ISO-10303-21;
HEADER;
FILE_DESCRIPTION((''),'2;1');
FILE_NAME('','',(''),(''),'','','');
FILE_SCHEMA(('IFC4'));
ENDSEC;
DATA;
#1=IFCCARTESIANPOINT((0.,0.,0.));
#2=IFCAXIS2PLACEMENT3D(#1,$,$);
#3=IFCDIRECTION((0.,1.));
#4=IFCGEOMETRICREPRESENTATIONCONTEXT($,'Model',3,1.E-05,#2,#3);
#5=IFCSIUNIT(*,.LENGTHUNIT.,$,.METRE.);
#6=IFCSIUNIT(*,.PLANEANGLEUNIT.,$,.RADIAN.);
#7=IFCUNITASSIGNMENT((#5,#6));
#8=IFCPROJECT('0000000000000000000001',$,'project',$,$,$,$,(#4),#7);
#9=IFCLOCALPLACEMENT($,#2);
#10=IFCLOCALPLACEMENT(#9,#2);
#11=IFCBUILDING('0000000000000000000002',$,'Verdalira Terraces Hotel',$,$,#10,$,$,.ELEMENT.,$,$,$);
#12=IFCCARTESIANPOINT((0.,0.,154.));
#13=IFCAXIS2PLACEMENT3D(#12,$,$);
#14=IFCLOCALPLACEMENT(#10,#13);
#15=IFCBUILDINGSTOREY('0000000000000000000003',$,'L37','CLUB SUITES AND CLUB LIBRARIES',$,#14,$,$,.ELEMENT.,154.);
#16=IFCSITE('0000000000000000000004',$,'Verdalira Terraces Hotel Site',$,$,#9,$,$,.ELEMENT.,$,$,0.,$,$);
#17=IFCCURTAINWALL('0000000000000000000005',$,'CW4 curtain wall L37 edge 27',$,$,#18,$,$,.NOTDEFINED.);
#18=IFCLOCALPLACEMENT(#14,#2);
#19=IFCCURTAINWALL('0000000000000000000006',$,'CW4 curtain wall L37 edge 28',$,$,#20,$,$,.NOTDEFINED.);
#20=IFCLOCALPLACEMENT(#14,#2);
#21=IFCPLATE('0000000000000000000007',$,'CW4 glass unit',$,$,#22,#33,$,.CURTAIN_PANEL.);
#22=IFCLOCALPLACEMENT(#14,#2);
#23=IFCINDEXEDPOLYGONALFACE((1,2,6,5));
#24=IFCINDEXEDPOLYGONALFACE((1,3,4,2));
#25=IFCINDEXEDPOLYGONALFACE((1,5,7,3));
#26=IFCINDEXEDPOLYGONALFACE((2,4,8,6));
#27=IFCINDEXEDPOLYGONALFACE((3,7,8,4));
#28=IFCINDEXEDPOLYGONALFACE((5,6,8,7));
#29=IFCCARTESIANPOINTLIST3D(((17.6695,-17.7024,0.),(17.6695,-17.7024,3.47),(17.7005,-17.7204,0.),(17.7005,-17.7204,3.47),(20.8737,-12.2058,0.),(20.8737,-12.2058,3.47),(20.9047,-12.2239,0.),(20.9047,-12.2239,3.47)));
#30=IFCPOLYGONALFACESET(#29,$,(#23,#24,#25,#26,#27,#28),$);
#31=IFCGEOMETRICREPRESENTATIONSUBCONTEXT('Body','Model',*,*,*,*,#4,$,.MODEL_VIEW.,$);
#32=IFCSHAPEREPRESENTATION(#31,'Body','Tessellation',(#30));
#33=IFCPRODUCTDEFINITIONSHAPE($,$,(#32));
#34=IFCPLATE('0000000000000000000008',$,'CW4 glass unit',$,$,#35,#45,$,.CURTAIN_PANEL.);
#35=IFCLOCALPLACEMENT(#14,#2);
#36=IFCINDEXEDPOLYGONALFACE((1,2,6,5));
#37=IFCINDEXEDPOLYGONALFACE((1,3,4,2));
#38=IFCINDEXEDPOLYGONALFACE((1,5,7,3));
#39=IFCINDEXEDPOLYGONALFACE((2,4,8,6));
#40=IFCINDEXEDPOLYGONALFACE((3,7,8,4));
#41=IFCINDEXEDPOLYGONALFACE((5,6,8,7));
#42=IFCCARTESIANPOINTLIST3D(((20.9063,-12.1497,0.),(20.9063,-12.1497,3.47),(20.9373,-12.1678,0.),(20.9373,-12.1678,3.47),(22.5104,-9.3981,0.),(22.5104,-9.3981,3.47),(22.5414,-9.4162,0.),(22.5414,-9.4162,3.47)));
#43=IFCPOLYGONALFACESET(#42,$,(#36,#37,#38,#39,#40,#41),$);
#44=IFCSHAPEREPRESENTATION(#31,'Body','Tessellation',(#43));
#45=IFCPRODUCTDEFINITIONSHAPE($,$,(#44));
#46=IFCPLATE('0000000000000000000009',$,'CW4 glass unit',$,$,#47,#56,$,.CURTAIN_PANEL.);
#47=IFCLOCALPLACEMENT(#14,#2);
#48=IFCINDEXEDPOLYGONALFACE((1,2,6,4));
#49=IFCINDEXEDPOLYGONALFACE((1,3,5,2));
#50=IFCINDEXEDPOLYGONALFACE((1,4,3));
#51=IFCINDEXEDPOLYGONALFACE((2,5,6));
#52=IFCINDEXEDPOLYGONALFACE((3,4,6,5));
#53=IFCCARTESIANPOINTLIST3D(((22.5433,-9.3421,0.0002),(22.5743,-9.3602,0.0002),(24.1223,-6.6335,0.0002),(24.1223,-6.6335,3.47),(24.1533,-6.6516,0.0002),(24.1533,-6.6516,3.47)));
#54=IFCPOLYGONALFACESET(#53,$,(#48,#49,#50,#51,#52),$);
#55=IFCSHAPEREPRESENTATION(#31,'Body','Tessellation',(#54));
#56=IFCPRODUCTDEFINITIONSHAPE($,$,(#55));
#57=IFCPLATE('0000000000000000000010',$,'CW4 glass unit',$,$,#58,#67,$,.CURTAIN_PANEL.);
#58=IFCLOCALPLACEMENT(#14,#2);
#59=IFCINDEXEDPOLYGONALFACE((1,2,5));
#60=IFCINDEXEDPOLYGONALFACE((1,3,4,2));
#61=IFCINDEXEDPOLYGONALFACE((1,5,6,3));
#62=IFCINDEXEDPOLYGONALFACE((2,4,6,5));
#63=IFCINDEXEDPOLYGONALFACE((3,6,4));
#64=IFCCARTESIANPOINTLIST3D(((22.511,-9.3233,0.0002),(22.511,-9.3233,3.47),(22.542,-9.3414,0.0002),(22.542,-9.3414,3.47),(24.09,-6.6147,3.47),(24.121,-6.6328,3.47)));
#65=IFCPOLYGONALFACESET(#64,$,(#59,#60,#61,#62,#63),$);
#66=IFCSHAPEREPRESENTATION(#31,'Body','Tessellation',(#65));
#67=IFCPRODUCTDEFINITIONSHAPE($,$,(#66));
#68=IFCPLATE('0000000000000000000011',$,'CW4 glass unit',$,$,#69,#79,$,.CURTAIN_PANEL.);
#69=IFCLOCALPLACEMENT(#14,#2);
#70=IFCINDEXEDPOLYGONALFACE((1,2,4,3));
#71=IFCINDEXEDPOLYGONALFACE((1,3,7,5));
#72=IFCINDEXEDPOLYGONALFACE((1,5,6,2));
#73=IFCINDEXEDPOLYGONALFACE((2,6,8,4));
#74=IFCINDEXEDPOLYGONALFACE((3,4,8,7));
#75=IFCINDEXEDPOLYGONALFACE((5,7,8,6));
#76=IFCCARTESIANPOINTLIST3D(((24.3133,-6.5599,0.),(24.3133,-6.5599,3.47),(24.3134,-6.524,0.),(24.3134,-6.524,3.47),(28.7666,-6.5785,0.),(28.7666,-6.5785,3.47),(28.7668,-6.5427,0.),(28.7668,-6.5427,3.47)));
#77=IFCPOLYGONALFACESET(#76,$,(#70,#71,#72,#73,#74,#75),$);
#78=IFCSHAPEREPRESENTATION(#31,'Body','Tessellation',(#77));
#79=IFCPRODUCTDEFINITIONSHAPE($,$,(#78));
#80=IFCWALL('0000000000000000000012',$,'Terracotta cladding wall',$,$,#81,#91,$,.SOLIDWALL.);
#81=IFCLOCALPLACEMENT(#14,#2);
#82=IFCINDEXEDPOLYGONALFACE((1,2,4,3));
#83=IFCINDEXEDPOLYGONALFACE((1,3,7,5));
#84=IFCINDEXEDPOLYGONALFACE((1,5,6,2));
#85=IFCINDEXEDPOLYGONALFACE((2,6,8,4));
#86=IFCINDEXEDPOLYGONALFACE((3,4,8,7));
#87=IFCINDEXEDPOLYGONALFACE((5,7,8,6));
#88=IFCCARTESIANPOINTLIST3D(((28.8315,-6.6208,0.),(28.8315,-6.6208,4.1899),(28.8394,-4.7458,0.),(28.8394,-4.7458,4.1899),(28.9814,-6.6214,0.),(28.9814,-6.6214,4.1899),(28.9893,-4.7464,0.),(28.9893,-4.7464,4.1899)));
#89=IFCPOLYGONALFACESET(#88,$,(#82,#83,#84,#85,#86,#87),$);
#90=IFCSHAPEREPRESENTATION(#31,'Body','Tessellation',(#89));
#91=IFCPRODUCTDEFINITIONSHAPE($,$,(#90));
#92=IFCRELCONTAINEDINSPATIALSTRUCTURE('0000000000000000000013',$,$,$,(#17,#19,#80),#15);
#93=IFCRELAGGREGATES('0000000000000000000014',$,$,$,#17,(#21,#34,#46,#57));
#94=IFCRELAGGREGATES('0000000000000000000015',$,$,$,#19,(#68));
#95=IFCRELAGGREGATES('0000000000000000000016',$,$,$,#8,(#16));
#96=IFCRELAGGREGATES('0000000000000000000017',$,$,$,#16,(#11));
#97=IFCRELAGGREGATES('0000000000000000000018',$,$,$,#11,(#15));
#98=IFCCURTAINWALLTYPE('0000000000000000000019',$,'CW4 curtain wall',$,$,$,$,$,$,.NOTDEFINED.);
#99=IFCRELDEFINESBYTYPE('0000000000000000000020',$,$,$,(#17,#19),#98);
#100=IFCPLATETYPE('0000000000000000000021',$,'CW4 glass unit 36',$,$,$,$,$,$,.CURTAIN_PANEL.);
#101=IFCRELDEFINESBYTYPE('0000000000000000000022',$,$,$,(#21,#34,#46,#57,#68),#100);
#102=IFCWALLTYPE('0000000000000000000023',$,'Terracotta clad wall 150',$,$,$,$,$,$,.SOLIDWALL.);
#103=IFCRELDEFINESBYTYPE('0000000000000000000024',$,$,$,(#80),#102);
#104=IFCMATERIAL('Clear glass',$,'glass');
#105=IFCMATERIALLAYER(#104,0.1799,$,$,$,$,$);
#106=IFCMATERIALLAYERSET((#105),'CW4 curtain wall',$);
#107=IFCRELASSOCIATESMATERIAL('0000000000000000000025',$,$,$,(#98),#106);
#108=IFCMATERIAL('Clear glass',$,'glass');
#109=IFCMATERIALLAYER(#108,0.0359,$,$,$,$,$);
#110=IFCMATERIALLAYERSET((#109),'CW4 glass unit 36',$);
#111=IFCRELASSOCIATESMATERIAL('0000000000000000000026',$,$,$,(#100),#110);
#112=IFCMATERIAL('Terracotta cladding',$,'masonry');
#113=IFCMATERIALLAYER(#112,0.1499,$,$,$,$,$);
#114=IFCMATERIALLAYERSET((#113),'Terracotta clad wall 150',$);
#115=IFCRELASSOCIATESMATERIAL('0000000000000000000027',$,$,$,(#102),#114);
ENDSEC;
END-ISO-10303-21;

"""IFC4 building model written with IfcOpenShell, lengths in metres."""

from ifc_helpers import new_model, si_unit, direction, frame, frame_2d, origin, origin_2d, place, context, subcontext, project, spatial, polyline, rectangle, outline, extrude, material, layer, layer_set, type_object, element, aggregate, save


model = new_model("IFC4")

# Units and contexts
model_context = context("Model", 3, precision=1e-05, world=origin(), true_north=direction((0.0, 1.0)))
body_context = subcontext(model_context, "Body", "Model", "MODEL_VIEW")
ifc_project = project(units=[si_unit("LENGTHUNIT", "METRE"), si_unit("PLANEANGLEUNIT", "RADIAN")], contexts=[model_context])

# Site, building, storey
site_placement = place(None, origin())
site = spatial("IfcSite", under=ifc_project, at=site_placement, Name="Verdalira Terraces Hotel Site", CompositionType="ELEMENT", RefElevation=0.0)
building_placement = place(site_placement, origin())
building = spatial("IfcBuilding", under=site, at=building_placement, Name="Verdalira Terraces Hotel", CompositionType="ELEMENT")
storey_placement = place(building_placement, frame((0.0, 0.0, 154.0)))
storey = spatial("IfcBuildingStorey", under=building, at=storey_placement, Name="L37", Description="CLUB SUITES AND CLUB LIBRARIES", CompositionType="ELEMENT", Elevation=154.0)

# Shared definitions
ifc_material_1 = material(Name="Clear glass", Category="glass")
ifc_layer_1 = layer(ifc_material_1, 0.1799)
ifc_layer_set_1 = layer_set([ifc_layer_1], Name="CW4 curtain wall")
curtain_wall_type = type_object("IfcCurtainWallType", Name="CW4 curtain wall", PredefinedType="NOTDEFINED", material=ifc_layer_set_1)

# Curtain walls
curtain_wall_1_placement = place(storey_placement, origin())
curtain_wall_1 = element("IfcCurtainWall", 1, at=curtain_wall_1_placement, inside=storey, type_object=curtain_wall_type, Name="CW4 curtain wall L37 edge 27", PredefinedType="NOTDEFINED")
curtain_wall_2_placement = place(storey_placement, origin())
curtain_wall_2 = element("IfcCurtainWall", 2, at=curtain_wall_2_placement, inside=storey, type_object=curtain_wall_type, Name="CW4 curtain wall L37 edge 28", PredefinedType="NOTDEFINED")

# Plates
ifc_material_2 = material(Name="Clear glass", Category="glass")
ifc_layer_2 = layer(ifc_material_2, 0.0359)
ifc_layer_set_2 = layer_set([ifc_layer_2], Name="CW4 glass unit 36")
plate_type = type_object("IfcPlateType", Name="CW4 glass unit 36", PredefinedType="CURTAIN_PANEL", material=ifc_layer_set_2)
plate_1_placement = place(storey_placement, frame((19.2871, -14.9631, 0.0), z_axis=(0.0, 0.0, 1.0), x_axis=(0.503623, 0.863923, 0.0)))
plate_1 = element("IfcPlate", 3, at=plate_1_placement, type_object=plate_type, Name="CW4 glass unit", PredefinedType="CURTAIN_PANEL", context=body_context, shape_type="SweptSolid", body=[
    extrude(rectangle(XDim=6.3623, YDim=0.0359, at=origin_2d()), origin(), (0.0, 0.0, 1.0), 3.47),
])
plate_2_placement = place(storey_placement, frame((21.7239, -10.783, 0.0), z_axis=(0.0, 0.0, 1.0), x_axis=(0.503623, 0.863923, 0.0)))
plate_2 = element("IfcPlate", 4, at=plate_2_placement, type_object=plate_type, Name="CW4 glass unit", PredefinedType="CURTAIN_PANEL", context=body_context, shape_type="SweptSolid", body=[
    extrude(rectangle(XDim=3.1851, YDim=0.0359, at=origin_2d()), origin(), (0.0, 0.0, 1.0), 3.47),
])
plate_3_placement = place(storey_placement, frame((23.3328, -7.9878, 1.7351), z_axis=(0.863923, -0.503623, 0.0), x_axis=(0.503623, 0.863923, 0.0)))
plate_3 = element("IfcPlate", 5, at=plate_3_placement, type_object=plate_type, Name="CW4 glass unit", PredefinedType="CURTAIN_PANEL", context=body_context, shape_type="SweptSolid", body=[
    extrude(outline(polyline([(-1.5676, -1.7349), (1.5676, -1.7349), (1.5676, 1.7349), (-1.5676, -1.7349)])), origin(), (0.0, 0.0, 1.0), 0.0359),
])
plate_4_placement = place(storey_placement, frame((23.3005, -7.969, 1.7351), z_axis=(0.863923, -0.503623, 0.0), x_axis=(0.503623, 0.863923, 0.0)))
plate_4 = element("IfcPlate", 6, at=plate_4_placement, type_object=plate_type, Name="CW4 glass unit", PredefinedType="CURTAIN_PANEL", context=body_context, shape_type="SweptSolid", body=[
    extrude(outline(polyline([(-1.5676, -1.7349), (1.5676, 1.7349), (-1.5676, 1.7349), (-1.5676, -1.7349)])), origin(), (0.0, 0.0, 1.0), 0.0359),
])
aggregate(curtain_wall_1, [plate_1, plate_2, plate_3, plate_4])
plate_5_placement = place(storey_placement, frame((26.54, -6.5513, 0.0), z_axis=(0.0, 0.0, 1.0), x_axis=(0.999991, -0.004189, 0.0)))
plate_5 = element("IfcPlate", 7, at=plate_5_placement, type_object=plate_type, Name="CW4 glass unit", PredefinedType="CURTAIN_PANEL", context=body_context, shape_type="SweptSolid", body=[
    extrude(rectangle(XDim=4.4534, YDim=0.0359, at=origin_2d()), origin(), (0.0, 0.0, 1.0), 3.47),
])
aggregate(curtain_wall_2, [plate_5])

# Wall
ifc_material_3 = material(Name="Terracotta cladding", Category="masonry")
ifc_layer_3 = layer(ifc_material_3, 0.1499)
ifc_layer_set_3 = layer_set([ifc_layer_3], Name="Terracotta clad wall 150")
wall_type = type_object("IfcWallType", Name="Terracotta clad wall 150", PredefinedType="SOLIDWALL", material=ifc_layer_set_3)
wall_placement = place(storey_placement, frame((28.9065, -6.6211, 0.0), z_axis=(0.0, 0.0, 1.0), x_axis=(0.004167, 0.999991, 0.0)))
element("IfcWall", 8, at=wall_placement, inside=storey, type_object=wall_type, Name="Terracotta cladding wall", PredefinedType="SOLIDWALL", context=body_context, shape_type="SweptSolid", body=[
    extrude(rectangle(XDim=1.875, YDim=0.1499, at=frame_2d((0.9375, 0.0))), origin(), (0.0, 0.0, 1.0), 4.1899),
])

save(model, "model.ifc")
